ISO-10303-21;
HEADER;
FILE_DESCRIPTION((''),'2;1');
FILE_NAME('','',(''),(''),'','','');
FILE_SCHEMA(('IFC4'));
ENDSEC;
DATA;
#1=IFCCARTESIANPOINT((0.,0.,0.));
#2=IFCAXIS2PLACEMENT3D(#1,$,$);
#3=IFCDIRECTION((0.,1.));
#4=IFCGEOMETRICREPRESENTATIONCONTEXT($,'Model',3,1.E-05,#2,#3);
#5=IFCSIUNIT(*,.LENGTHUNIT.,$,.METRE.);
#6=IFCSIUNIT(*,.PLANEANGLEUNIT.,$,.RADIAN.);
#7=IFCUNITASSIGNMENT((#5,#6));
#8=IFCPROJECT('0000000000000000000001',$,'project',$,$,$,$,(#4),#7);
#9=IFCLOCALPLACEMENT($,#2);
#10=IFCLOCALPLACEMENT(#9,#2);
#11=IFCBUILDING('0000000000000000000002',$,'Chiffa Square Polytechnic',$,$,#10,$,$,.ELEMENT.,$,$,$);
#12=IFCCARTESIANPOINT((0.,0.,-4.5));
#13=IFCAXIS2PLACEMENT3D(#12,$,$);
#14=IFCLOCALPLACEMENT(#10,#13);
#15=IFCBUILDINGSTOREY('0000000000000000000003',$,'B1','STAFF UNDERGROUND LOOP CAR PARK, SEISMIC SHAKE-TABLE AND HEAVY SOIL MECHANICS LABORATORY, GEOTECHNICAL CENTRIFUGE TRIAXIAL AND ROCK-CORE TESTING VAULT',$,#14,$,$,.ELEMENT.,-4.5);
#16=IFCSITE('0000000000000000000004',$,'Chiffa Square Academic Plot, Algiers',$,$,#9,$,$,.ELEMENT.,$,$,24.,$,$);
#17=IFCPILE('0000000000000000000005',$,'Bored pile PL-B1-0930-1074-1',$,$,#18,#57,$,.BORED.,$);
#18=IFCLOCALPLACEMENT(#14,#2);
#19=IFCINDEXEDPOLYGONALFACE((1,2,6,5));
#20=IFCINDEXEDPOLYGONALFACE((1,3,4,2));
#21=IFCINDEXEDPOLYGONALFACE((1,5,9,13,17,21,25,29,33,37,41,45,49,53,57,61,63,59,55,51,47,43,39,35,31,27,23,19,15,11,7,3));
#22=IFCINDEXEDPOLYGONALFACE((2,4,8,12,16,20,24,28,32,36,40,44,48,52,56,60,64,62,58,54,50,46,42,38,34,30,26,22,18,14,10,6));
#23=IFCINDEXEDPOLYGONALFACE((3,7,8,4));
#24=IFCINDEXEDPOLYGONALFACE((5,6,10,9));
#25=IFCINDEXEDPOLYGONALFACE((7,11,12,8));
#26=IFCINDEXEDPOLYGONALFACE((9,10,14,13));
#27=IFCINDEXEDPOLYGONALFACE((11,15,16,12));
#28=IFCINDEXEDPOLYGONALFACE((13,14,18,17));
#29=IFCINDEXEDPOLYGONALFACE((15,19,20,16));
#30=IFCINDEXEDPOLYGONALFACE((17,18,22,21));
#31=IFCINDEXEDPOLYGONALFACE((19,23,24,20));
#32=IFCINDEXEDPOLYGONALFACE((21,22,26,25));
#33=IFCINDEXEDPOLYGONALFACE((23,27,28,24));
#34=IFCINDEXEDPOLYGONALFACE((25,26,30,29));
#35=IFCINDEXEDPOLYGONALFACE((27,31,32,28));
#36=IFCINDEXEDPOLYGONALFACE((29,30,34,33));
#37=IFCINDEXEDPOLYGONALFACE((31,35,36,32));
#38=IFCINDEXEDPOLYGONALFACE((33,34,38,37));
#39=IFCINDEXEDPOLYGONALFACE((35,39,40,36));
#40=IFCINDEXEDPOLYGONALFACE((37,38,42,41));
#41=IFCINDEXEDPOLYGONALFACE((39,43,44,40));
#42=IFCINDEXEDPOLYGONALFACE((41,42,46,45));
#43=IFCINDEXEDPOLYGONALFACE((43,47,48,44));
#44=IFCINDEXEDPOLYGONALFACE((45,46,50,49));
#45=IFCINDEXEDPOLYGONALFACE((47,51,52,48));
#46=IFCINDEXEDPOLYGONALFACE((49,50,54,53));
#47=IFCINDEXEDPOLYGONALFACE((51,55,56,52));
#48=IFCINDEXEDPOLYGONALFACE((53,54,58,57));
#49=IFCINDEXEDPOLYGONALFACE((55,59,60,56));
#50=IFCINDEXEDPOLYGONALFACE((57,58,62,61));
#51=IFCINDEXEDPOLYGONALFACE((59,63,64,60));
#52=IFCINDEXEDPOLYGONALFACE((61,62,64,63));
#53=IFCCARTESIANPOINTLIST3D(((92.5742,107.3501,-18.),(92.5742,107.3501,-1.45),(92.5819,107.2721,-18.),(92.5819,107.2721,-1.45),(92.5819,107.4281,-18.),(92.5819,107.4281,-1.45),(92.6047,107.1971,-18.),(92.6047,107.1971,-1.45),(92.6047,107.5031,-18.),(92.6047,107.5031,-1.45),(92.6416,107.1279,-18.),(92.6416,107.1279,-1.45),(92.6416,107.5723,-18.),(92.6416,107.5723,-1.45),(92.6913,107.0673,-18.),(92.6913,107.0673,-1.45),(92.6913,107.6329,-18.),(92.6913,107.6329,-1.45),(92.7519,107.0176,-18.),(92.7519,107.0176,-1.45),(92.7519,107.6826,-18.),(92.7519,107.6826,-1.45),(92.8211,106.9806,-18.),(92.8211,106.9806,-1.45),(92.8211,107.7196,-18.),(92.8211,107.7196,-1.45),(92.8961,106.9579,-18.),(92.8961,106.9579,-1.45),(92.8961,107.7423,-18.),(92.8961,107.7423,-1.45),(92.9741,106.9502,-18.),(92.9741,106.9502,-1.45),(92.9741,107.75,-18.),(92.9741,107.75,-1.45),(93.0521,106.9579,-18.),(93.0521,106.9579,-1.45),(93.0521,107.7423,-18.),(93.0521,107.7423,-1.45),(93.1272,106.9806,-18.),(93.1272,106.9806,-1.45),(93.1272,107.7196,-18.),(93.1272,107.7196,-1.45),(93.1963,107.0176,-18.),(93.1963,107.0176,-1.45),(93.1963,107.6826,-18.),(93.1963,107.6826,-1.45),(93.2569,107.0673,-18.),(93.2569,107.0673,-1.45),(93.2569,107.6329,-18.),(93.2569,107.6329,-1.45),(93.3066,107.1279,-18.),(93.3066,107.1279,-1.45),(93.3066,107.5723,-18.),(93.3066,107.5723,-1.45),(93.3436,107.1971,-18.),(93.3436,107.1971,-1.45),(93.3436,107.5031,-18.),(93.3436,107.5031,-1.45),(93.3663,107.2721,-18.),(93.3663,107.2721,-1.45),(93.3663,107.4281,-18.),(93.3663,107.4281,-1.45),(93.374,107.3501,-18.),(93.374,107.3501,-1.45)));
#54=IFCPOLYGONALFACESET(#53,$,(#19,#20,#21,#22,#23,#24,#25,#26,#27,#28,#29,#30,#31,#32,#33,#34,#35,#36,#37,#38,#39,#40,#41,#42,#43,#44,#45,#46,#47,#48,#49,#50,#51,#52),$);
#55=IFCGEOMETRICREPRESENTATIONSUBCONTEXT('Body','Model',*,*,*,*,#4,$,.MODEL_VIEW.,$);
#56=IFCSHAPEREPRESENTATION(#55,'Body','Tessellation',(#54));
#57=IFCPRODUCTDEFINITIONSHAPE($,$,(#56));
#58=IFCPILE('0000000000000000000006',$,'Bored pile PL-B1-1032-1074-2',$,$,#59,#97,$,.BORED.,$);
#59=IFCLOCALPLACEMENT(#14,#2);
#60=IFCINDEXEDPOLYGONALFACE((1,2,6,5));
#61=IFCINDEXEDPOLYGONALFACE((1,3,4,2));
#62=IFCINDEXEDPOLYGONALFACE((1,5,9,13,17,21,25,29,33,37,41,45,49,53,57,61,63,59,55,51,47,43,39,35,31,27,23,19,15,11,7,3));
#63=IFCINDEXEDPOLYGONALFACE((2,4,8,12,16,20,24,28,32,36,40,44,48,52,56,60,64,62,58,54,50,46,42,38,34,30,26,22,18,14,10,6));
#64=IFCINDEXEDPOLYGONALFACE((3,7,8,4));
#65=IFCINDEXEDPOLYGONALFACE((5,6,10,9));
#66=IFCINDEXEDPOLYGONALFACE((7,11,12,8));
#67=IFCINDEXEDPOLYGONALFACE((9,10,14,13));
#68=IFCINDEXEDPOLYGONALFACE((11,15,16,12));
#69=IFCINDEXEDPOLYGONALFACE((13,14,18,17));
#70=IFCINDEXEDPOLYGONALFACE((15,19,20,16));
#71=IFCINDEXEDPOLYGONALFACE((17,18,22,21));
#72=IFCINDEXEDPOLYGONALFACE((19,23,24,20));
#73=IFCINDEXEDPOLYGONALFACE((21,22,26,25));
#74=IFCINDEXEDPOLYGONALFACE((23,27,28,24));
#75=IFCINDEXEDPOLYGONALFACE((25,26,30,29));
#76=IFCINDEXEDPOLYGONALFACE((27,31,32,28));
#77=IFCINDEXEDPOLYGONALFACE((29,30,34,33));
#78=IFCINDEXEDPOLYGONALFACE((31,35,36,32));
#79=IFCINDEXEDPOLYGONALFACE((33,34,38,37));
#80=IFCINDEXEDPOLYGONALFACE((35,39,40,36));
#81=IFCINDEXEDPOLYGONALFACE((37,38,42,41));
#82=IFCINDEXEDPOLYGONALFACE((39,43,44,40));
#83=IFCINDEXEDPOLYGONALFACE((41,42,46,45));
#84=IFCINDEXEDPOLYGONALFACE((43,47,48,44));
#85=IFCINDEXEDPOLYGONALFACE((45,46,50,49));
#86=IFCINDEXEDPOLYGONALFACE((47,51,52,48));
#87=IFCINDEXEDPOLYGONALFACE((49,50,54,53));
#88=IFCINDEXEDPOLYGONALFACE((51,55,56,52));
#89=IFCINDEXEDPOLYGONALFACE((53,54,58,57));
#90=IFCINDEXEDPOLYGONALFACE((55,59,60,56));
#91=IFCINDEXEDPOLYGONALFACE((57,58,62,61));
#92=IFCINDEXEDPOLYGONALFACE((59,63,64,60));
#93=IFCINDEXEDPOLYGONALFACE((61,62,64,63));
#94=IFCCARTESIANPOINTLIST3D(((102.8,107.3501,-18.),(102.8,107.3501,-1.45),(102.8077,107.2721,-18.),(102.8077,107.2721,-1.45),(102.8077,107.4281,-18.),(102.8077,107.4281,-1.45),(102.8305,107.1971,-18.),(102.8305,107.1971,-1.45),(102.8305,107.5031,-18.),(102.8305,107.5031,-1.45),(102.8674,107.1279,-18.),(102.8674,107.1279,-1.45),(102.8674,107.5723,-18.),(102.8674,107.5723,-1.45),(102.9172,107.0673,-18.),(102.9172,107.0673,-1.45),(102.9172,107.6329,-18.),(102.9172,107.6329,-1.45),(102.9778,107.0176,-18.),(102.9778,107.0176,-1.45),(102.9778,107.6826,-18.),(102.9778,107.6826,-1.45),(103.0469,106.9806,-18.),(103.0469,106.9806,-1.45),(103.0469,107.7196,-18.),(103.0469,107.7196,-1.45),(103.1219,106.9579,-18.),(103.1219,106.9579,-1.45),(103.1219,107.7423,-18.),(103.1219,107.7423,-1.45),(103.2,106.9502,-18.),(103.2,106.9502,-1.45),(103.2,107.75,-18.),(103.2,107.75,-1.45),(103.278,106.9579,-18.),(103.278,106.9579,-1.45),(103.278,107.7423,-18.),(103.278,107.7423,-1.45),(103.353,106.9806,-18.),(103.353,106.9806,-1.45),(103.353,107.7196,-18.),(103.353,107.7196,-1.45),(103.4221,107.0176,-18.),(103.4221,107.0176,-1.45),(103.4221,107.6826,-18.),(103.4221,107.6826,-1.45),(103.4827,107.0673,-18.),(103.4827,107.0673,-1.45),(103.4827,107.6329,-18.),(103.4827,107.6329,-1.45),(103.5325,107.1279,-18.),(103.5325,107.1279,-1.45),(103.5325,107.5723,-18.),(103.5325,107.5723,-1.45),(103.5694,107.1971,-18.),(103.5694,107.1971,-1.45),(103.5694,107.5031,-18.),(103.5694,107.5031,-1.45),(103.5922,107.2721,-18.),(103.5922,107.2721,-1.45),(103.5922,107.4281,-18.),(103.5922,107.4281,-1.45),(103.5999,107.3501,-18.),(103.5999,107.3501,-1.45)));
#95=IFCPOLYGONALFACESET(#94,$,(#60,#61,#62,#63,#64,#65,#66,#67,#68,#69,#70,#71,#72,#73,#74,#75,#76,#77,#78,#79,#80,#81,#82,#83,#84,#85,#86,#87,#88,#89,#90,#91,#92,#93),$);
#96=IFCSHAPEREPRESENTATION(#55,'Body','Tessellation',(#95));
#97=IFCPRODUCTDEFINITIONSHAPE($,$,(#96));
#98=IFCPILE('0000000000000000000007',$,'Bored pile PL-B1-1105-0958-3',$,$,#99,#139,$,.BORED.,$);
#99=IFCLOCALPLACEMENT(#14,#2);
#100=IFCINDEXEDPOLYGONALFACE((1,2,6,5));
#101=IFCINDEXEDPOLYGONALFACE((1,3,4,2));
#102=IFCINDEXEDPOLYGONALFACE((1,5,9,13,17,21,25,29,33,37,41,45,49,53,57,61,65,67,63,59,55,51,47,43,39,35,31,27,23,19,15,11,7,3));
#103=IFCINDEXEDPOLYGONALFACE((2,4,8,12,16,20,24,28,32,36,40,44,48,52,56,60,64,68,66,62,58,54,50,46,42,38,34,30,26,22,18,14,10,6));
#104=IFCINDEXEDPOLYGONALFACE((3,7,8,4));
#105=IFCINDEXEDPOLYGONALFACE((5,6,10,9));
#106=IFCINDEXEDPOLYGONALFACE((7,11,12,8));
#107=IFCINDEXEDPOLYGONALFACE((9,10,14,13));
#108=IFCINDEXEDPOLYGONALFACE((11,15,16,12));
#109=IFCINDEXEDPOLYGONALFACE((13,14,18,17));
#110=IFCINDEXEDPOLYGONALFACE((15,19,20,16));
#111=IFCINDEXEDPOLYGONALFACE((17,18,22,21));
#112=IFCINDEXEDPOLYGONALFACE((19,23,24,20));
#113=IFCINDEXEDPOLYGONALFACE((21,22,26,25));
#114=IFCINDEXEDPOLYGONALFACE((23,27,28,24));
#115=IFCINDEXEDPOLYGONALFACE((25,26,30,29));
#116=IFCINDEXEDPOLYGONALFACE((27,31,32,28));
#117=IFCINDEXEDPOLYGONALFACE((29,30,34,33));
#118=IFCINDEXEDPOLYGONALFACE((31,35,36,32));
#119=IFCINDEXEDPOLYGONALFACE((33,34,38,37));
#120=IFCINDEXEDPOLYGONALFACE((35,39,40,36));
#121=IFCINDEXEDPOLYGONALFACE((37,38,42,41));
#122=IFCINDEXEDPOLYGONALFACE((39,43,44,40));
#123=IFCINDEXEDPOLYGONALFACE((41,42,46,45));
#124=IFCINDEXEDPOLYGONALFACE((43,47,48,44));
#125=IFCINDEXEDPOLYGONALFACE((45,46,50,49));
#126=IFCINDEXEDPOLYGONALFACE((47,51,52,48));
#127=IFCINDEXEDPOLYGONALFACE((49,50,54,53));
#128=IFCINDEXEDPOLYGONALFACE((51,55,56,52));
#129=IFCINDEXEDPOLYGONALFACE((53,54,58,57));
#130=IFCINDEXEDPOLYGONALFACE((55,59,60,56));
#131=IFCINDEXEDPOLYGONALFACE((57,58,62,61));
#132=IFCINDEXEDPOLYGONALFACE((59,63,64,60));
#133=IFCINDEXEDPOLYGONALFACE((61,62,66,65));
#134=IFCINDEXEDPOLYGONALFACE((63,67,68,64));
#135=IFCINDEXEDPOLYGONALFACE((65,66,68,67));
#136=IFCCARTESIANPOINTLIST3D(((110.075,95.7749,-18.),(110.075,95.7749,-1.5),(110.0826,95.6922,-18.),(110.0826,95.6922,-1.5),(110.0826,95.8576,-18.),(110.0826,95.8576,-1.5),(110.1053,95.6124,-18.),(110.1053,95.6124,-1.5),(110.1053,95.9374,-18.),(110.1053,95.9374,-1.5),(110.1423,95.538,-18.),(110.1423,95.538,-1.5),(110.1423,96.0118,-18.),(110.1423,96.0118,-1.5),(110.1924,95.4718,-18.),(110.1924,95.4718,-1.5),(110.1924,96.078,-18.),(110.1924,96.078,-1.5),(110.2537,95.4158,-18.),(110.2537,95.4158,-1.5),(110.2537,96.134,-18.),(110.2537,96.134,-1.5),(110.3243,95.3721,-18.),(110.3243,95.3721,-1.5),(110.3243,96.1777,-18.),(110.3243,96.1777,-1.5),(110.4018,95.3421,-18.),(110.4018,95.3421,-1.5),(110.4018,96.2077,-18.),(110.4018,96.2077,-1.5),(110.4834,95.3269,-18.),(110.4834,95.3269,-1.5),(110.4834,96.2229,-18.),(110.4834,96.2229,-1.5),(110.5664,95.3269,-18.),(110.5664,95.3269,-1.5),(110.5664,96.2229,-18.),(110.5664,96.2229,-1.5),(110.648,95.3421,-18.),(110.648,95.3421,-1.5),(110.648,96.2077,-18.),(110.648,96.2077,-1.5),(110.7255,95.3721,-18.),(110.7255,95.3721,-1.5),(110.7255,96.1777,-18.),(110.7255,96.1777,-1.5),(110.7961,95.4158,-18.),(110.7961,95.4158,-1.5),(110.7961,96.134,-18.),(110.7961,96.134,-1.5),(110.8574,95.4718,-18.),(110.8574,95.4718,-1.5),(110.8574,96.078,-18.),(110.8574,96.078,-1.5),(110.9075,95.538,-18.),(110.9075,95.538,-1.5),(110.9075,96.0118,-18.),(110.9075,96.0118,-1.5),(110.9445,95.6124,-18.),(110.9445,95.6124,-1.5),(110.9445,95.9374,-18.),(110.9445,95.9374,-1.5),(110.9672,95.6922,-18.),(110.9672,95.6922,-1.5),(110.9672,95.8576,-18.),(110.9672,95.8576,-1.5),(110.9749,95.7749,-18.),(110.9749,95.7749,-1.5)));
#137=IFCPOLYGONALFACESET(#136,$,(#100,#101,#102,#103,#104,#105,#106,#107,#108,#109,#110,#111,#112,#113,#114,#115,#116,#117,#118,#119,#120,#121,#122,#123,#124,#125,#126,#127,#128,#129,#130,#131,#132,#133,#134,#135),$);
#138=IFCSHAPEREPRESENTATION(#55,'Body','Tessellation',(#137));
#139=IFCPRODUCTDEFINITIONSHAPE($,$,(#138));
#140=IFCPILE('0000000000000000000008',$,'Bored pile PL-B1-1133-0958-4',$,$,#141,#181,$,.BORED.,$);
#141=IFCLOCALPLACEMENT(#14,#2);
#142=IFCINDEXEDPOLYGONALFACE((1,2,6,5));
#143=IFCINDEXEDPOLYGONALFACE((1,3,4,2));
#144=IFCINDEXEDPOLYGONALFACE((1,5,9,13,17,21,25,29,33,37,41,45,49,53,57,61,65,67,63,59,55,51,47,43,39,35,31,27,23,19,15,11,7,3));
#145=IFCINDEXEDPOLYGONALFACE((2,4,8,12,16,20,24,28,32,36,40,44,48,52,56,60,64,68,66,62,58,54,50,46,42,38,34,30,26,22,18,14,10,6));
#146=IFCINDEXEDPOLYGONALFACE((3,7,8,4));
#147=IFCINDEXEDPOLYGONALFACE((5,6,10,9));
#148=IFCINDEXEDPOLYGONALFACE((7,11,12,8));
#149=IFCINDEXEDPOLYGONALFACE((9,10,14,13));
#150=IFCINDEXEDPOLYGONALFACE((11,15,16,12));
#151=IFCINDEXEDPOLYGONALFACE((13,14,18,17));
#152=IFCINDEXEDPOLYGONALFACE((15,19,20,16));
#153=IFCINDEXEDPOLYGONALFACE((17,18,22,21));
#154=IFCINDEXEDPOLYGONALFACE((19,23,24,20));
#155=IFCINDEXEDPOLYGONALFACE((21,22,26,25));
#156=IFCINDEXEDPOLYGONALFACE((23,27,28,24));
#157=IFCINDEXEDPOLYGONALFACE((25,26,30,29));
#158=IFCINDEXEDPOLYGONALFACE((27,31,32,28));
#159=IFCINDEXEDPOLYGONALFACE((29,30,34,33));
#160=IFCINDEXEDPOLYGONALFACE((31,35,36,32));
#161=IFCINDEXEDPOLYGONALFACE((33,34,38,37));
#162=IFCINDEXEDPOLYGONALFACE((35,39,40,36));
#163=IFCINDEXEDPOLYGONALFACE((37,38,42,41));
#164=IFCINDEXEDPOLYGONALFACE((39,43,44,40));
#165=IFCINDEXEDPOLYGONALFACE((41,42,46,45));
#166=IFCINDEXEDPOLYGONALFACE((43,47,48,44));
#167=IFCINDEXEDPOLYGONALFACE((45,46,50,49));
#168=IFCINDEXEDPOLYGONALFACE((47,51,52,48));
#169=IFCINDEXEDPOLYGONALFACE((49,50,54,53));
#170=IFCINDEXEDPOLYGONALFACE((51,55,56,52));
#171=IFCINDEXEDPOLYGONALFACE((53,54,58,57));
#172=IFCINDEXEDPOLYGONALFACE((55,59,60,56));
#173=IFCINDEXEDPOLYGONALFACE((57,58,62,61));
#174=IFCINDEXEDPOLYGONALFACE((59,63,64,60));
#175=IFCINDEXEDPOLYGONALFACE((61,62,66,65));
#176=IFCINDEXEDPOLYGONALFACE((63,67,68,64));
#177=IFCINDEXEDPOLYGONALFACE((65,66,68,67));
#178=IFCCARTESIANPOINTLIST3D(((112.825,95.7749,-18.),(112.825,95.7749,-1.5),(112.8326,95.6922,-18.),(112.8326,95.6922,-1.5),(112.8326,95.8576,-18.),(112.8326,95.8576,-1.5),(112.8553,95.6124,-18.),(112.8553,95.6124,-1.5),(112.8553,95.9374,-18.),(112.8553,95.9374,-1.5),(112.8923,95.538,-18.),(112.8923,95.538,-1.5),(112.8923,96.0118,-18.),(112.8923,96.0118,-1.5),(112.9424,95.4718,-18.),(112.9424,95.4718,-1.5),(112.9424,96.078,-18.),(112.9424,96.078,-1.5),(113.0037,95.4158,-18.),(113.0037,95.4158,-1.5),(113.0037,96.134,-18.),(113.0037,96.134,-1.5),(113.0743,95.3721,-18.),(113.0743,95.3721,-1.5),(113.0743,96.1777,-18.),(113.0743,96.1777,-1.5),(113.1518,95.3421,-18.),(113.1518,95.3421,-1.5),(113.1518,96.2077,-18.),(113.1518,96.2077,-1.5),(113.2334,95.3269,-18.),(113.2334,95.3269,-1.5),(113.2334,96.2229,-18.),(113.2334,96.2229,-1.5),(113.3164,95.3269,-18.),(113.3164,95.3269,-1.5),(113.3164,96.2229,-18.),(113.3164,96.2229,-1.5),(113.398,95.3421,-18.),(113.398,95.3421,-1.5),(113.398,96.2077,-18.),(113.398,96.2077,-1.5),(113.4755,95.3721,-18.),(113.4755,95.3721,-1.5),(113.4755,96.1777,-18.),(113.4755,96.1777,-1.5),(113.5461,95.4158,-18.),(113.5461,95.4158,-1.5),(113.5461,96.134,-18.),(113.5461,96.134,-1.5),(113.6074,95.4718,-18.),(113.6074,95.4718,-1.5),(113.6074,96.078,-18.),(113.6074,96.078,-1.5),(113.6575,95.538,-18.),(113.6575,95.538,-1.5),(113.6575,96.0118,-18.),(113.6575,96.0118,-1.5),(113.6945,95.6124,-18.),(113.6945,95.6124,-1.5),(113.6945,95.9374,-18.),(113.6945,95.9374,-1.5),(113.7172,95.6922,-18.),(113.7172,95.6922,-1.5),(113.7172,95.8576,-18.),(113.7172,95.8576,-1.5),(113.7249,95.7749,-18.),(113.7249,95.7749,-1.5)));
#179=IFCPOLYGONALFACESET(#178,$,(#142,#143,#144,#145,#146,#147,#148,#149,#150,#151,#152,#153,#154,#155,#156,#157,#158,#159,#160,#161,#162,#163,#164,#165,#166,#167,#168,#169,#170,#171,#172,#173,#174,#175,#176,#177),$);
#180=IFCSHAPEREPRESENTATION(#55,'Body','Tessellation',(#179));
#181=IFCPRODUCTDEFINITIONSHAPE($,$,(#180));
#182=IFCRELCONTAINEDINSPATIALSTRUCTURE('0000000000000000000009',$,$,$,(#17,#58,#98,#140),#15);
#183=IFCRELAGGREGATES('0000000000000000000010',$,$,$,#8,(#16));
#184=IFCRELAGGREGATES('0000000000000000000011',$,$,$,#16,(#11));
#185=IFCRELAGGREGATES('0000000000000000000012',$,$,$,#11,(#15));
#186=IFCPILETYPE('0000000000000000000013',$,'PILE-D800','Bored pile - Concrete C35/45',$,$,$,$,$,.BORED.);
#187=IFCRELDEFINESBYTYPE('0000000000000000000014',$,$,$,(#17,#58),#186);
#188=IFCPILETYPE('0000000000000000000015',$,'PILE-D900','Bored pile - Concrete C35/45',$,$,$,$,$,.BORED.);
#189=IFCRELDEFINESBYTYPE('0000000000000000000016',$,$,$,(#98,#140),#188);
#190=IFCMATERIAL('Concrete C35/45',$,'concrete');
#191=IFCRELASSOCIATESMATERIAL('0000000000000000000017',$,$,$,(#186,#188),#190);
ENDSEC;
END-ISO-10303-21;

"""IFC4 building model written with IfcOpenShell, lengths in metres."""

from ifc_helpers import new_model, si_unit, direction, frame, origin, origin_2d, place, context, subcontext, project, spatial, circle, extrude, material, material_profile, profile_set, type_object, element, save


model = new_model("IFC4")

# Units and contexts
model_context = context("Model", 3, precision=1e-05, world=origin(), true_north=direction((0.0, 1.0)))
body_context = subcontext(model_context, "Body", "Model", "MODEL_VIEW")
ifc_project = project(units=[si_unit("LENGTHUNIT", "METRE"), si_unit("PLANEANGLEUNIT", "RADIAN")], contexts=[model_context])

# Site, building, storey
site_placement = place(None, origin())
site = spatial("IfcSite", under=ifc_project, at=site_placement, Name="Chiffa Square Academic Plot, Algiers", CompositionType="ELEMENT", RefElevation=24.0)
building_placement = place(site_placement, origin())
building = spatial("IfcBuilding", under=site, at=building_placement, Name="Chiffa Square Polytechnic", CompositionType="ELEMENT")
storey_placement = place(building_placement, frame((0.0, 0.0, -4.5)))
storey = spatial("IfcBuildingStorey", under=building, at=storey_placement, Name="B1", Description="STAFF UNDERGROUND LOOP CAR PARK, SEISMIC SHAKE-TABLE AND HEAVY SOIL MECHANICS LABORATORY, GEOTECHNICAL CENTRIFUGE TRIAXIAL AND ROCK-CORE TESTING VAULT", CompositionType="ELEMENT", Elevation=-4.5)

# Shared definitions
ifc_material_1 = material(Name="Concrete C35/45", Category="concrete")

# Piles
ifc_material_profile_1 = material_profile(ifc_material_1, circle(Radius=0.3999, at=origin_2d()), Name="PILE D800")
ifc_profile_set_1 = profile_set([ifc_material_profile_1], Name="Concrete C35/45")
pile_type_1 = type_object("IfcPileType", Name="PILE-D800", Description="Bored pile - Concrete C35/45", PredefinedType="BORED", material=ifc_profile_set_1)
for number, where, z_axis, x_axis, name in (
    (1, (92.9741, 107.3501, -1.45), (0.0, 0.0, -1.0), (1.0, 0.0, 0.0), "Bored pile PL-B1-0930-1074-1"),
    (2, (103.2, 107.3501, -1.45), (0.0, 0.0, -1.0), (1.0, 0.0, 0.0), "Bored pile PL-B1-1032-1074-2"),
):
    element("IfcPile", number, at=place(storey_placement, frame(where, z_axis=z_axis, x_axis=x_axis)), inside=storey, type_object=pile_type_1, Name=name, PredefinedType="BORED", context=body_context, shape_type="SweptSolid", body=[
        extrude(circle(Radius=0.3999, at=origin_2d()), origin(), (0.0, 0.0, 1.0), 16.55),
    ])
ifc_material_profile_2 = material_profile(ifc_material_1, circle(Radius=0.45, at=origin_2d()), Name="PILE D900")
ifc_profile_set_2 = profile_set([ifc_material_profile_2], Name="Concrete C35/45")
pile_type_2 = type_object("IfcPileType", Name="PILE-D900", Description="Bored pile - Concrete C35/45", PredefinedType="BORED", material=ifc_profile_set_2)
for number, where, z_axis, x_axis, name in (
    (3, (110.5249, 95.7749, -1.5), (0.0, 0.0, -1.0), (1.0, 0.0, 0.0), "Bored pile PL-B1-1105-0958-3"),
    (4, (113.2749, 95.7749, -1.5), (0.0, 0.0, -1.0), (1.0, 0.0, 0.0), "Bored pile PL-B1-1133-0958-4"),
):
    element("IfcPile", number, at=place(storey_placement, frame(where, z_axis=z_axis, x_axis=x_axis)), inside=storey, type_object=pile_type_2, Name=name, PredefinedType="BORED", context=body_context, shape_type="SweptSolid", body=[
        extrude(circle(Radius=0.45, at=origin_2d()), origin(), (0.0, 0.0, 1.0), 16.5),
    ])

save(model, "model.ifc")
